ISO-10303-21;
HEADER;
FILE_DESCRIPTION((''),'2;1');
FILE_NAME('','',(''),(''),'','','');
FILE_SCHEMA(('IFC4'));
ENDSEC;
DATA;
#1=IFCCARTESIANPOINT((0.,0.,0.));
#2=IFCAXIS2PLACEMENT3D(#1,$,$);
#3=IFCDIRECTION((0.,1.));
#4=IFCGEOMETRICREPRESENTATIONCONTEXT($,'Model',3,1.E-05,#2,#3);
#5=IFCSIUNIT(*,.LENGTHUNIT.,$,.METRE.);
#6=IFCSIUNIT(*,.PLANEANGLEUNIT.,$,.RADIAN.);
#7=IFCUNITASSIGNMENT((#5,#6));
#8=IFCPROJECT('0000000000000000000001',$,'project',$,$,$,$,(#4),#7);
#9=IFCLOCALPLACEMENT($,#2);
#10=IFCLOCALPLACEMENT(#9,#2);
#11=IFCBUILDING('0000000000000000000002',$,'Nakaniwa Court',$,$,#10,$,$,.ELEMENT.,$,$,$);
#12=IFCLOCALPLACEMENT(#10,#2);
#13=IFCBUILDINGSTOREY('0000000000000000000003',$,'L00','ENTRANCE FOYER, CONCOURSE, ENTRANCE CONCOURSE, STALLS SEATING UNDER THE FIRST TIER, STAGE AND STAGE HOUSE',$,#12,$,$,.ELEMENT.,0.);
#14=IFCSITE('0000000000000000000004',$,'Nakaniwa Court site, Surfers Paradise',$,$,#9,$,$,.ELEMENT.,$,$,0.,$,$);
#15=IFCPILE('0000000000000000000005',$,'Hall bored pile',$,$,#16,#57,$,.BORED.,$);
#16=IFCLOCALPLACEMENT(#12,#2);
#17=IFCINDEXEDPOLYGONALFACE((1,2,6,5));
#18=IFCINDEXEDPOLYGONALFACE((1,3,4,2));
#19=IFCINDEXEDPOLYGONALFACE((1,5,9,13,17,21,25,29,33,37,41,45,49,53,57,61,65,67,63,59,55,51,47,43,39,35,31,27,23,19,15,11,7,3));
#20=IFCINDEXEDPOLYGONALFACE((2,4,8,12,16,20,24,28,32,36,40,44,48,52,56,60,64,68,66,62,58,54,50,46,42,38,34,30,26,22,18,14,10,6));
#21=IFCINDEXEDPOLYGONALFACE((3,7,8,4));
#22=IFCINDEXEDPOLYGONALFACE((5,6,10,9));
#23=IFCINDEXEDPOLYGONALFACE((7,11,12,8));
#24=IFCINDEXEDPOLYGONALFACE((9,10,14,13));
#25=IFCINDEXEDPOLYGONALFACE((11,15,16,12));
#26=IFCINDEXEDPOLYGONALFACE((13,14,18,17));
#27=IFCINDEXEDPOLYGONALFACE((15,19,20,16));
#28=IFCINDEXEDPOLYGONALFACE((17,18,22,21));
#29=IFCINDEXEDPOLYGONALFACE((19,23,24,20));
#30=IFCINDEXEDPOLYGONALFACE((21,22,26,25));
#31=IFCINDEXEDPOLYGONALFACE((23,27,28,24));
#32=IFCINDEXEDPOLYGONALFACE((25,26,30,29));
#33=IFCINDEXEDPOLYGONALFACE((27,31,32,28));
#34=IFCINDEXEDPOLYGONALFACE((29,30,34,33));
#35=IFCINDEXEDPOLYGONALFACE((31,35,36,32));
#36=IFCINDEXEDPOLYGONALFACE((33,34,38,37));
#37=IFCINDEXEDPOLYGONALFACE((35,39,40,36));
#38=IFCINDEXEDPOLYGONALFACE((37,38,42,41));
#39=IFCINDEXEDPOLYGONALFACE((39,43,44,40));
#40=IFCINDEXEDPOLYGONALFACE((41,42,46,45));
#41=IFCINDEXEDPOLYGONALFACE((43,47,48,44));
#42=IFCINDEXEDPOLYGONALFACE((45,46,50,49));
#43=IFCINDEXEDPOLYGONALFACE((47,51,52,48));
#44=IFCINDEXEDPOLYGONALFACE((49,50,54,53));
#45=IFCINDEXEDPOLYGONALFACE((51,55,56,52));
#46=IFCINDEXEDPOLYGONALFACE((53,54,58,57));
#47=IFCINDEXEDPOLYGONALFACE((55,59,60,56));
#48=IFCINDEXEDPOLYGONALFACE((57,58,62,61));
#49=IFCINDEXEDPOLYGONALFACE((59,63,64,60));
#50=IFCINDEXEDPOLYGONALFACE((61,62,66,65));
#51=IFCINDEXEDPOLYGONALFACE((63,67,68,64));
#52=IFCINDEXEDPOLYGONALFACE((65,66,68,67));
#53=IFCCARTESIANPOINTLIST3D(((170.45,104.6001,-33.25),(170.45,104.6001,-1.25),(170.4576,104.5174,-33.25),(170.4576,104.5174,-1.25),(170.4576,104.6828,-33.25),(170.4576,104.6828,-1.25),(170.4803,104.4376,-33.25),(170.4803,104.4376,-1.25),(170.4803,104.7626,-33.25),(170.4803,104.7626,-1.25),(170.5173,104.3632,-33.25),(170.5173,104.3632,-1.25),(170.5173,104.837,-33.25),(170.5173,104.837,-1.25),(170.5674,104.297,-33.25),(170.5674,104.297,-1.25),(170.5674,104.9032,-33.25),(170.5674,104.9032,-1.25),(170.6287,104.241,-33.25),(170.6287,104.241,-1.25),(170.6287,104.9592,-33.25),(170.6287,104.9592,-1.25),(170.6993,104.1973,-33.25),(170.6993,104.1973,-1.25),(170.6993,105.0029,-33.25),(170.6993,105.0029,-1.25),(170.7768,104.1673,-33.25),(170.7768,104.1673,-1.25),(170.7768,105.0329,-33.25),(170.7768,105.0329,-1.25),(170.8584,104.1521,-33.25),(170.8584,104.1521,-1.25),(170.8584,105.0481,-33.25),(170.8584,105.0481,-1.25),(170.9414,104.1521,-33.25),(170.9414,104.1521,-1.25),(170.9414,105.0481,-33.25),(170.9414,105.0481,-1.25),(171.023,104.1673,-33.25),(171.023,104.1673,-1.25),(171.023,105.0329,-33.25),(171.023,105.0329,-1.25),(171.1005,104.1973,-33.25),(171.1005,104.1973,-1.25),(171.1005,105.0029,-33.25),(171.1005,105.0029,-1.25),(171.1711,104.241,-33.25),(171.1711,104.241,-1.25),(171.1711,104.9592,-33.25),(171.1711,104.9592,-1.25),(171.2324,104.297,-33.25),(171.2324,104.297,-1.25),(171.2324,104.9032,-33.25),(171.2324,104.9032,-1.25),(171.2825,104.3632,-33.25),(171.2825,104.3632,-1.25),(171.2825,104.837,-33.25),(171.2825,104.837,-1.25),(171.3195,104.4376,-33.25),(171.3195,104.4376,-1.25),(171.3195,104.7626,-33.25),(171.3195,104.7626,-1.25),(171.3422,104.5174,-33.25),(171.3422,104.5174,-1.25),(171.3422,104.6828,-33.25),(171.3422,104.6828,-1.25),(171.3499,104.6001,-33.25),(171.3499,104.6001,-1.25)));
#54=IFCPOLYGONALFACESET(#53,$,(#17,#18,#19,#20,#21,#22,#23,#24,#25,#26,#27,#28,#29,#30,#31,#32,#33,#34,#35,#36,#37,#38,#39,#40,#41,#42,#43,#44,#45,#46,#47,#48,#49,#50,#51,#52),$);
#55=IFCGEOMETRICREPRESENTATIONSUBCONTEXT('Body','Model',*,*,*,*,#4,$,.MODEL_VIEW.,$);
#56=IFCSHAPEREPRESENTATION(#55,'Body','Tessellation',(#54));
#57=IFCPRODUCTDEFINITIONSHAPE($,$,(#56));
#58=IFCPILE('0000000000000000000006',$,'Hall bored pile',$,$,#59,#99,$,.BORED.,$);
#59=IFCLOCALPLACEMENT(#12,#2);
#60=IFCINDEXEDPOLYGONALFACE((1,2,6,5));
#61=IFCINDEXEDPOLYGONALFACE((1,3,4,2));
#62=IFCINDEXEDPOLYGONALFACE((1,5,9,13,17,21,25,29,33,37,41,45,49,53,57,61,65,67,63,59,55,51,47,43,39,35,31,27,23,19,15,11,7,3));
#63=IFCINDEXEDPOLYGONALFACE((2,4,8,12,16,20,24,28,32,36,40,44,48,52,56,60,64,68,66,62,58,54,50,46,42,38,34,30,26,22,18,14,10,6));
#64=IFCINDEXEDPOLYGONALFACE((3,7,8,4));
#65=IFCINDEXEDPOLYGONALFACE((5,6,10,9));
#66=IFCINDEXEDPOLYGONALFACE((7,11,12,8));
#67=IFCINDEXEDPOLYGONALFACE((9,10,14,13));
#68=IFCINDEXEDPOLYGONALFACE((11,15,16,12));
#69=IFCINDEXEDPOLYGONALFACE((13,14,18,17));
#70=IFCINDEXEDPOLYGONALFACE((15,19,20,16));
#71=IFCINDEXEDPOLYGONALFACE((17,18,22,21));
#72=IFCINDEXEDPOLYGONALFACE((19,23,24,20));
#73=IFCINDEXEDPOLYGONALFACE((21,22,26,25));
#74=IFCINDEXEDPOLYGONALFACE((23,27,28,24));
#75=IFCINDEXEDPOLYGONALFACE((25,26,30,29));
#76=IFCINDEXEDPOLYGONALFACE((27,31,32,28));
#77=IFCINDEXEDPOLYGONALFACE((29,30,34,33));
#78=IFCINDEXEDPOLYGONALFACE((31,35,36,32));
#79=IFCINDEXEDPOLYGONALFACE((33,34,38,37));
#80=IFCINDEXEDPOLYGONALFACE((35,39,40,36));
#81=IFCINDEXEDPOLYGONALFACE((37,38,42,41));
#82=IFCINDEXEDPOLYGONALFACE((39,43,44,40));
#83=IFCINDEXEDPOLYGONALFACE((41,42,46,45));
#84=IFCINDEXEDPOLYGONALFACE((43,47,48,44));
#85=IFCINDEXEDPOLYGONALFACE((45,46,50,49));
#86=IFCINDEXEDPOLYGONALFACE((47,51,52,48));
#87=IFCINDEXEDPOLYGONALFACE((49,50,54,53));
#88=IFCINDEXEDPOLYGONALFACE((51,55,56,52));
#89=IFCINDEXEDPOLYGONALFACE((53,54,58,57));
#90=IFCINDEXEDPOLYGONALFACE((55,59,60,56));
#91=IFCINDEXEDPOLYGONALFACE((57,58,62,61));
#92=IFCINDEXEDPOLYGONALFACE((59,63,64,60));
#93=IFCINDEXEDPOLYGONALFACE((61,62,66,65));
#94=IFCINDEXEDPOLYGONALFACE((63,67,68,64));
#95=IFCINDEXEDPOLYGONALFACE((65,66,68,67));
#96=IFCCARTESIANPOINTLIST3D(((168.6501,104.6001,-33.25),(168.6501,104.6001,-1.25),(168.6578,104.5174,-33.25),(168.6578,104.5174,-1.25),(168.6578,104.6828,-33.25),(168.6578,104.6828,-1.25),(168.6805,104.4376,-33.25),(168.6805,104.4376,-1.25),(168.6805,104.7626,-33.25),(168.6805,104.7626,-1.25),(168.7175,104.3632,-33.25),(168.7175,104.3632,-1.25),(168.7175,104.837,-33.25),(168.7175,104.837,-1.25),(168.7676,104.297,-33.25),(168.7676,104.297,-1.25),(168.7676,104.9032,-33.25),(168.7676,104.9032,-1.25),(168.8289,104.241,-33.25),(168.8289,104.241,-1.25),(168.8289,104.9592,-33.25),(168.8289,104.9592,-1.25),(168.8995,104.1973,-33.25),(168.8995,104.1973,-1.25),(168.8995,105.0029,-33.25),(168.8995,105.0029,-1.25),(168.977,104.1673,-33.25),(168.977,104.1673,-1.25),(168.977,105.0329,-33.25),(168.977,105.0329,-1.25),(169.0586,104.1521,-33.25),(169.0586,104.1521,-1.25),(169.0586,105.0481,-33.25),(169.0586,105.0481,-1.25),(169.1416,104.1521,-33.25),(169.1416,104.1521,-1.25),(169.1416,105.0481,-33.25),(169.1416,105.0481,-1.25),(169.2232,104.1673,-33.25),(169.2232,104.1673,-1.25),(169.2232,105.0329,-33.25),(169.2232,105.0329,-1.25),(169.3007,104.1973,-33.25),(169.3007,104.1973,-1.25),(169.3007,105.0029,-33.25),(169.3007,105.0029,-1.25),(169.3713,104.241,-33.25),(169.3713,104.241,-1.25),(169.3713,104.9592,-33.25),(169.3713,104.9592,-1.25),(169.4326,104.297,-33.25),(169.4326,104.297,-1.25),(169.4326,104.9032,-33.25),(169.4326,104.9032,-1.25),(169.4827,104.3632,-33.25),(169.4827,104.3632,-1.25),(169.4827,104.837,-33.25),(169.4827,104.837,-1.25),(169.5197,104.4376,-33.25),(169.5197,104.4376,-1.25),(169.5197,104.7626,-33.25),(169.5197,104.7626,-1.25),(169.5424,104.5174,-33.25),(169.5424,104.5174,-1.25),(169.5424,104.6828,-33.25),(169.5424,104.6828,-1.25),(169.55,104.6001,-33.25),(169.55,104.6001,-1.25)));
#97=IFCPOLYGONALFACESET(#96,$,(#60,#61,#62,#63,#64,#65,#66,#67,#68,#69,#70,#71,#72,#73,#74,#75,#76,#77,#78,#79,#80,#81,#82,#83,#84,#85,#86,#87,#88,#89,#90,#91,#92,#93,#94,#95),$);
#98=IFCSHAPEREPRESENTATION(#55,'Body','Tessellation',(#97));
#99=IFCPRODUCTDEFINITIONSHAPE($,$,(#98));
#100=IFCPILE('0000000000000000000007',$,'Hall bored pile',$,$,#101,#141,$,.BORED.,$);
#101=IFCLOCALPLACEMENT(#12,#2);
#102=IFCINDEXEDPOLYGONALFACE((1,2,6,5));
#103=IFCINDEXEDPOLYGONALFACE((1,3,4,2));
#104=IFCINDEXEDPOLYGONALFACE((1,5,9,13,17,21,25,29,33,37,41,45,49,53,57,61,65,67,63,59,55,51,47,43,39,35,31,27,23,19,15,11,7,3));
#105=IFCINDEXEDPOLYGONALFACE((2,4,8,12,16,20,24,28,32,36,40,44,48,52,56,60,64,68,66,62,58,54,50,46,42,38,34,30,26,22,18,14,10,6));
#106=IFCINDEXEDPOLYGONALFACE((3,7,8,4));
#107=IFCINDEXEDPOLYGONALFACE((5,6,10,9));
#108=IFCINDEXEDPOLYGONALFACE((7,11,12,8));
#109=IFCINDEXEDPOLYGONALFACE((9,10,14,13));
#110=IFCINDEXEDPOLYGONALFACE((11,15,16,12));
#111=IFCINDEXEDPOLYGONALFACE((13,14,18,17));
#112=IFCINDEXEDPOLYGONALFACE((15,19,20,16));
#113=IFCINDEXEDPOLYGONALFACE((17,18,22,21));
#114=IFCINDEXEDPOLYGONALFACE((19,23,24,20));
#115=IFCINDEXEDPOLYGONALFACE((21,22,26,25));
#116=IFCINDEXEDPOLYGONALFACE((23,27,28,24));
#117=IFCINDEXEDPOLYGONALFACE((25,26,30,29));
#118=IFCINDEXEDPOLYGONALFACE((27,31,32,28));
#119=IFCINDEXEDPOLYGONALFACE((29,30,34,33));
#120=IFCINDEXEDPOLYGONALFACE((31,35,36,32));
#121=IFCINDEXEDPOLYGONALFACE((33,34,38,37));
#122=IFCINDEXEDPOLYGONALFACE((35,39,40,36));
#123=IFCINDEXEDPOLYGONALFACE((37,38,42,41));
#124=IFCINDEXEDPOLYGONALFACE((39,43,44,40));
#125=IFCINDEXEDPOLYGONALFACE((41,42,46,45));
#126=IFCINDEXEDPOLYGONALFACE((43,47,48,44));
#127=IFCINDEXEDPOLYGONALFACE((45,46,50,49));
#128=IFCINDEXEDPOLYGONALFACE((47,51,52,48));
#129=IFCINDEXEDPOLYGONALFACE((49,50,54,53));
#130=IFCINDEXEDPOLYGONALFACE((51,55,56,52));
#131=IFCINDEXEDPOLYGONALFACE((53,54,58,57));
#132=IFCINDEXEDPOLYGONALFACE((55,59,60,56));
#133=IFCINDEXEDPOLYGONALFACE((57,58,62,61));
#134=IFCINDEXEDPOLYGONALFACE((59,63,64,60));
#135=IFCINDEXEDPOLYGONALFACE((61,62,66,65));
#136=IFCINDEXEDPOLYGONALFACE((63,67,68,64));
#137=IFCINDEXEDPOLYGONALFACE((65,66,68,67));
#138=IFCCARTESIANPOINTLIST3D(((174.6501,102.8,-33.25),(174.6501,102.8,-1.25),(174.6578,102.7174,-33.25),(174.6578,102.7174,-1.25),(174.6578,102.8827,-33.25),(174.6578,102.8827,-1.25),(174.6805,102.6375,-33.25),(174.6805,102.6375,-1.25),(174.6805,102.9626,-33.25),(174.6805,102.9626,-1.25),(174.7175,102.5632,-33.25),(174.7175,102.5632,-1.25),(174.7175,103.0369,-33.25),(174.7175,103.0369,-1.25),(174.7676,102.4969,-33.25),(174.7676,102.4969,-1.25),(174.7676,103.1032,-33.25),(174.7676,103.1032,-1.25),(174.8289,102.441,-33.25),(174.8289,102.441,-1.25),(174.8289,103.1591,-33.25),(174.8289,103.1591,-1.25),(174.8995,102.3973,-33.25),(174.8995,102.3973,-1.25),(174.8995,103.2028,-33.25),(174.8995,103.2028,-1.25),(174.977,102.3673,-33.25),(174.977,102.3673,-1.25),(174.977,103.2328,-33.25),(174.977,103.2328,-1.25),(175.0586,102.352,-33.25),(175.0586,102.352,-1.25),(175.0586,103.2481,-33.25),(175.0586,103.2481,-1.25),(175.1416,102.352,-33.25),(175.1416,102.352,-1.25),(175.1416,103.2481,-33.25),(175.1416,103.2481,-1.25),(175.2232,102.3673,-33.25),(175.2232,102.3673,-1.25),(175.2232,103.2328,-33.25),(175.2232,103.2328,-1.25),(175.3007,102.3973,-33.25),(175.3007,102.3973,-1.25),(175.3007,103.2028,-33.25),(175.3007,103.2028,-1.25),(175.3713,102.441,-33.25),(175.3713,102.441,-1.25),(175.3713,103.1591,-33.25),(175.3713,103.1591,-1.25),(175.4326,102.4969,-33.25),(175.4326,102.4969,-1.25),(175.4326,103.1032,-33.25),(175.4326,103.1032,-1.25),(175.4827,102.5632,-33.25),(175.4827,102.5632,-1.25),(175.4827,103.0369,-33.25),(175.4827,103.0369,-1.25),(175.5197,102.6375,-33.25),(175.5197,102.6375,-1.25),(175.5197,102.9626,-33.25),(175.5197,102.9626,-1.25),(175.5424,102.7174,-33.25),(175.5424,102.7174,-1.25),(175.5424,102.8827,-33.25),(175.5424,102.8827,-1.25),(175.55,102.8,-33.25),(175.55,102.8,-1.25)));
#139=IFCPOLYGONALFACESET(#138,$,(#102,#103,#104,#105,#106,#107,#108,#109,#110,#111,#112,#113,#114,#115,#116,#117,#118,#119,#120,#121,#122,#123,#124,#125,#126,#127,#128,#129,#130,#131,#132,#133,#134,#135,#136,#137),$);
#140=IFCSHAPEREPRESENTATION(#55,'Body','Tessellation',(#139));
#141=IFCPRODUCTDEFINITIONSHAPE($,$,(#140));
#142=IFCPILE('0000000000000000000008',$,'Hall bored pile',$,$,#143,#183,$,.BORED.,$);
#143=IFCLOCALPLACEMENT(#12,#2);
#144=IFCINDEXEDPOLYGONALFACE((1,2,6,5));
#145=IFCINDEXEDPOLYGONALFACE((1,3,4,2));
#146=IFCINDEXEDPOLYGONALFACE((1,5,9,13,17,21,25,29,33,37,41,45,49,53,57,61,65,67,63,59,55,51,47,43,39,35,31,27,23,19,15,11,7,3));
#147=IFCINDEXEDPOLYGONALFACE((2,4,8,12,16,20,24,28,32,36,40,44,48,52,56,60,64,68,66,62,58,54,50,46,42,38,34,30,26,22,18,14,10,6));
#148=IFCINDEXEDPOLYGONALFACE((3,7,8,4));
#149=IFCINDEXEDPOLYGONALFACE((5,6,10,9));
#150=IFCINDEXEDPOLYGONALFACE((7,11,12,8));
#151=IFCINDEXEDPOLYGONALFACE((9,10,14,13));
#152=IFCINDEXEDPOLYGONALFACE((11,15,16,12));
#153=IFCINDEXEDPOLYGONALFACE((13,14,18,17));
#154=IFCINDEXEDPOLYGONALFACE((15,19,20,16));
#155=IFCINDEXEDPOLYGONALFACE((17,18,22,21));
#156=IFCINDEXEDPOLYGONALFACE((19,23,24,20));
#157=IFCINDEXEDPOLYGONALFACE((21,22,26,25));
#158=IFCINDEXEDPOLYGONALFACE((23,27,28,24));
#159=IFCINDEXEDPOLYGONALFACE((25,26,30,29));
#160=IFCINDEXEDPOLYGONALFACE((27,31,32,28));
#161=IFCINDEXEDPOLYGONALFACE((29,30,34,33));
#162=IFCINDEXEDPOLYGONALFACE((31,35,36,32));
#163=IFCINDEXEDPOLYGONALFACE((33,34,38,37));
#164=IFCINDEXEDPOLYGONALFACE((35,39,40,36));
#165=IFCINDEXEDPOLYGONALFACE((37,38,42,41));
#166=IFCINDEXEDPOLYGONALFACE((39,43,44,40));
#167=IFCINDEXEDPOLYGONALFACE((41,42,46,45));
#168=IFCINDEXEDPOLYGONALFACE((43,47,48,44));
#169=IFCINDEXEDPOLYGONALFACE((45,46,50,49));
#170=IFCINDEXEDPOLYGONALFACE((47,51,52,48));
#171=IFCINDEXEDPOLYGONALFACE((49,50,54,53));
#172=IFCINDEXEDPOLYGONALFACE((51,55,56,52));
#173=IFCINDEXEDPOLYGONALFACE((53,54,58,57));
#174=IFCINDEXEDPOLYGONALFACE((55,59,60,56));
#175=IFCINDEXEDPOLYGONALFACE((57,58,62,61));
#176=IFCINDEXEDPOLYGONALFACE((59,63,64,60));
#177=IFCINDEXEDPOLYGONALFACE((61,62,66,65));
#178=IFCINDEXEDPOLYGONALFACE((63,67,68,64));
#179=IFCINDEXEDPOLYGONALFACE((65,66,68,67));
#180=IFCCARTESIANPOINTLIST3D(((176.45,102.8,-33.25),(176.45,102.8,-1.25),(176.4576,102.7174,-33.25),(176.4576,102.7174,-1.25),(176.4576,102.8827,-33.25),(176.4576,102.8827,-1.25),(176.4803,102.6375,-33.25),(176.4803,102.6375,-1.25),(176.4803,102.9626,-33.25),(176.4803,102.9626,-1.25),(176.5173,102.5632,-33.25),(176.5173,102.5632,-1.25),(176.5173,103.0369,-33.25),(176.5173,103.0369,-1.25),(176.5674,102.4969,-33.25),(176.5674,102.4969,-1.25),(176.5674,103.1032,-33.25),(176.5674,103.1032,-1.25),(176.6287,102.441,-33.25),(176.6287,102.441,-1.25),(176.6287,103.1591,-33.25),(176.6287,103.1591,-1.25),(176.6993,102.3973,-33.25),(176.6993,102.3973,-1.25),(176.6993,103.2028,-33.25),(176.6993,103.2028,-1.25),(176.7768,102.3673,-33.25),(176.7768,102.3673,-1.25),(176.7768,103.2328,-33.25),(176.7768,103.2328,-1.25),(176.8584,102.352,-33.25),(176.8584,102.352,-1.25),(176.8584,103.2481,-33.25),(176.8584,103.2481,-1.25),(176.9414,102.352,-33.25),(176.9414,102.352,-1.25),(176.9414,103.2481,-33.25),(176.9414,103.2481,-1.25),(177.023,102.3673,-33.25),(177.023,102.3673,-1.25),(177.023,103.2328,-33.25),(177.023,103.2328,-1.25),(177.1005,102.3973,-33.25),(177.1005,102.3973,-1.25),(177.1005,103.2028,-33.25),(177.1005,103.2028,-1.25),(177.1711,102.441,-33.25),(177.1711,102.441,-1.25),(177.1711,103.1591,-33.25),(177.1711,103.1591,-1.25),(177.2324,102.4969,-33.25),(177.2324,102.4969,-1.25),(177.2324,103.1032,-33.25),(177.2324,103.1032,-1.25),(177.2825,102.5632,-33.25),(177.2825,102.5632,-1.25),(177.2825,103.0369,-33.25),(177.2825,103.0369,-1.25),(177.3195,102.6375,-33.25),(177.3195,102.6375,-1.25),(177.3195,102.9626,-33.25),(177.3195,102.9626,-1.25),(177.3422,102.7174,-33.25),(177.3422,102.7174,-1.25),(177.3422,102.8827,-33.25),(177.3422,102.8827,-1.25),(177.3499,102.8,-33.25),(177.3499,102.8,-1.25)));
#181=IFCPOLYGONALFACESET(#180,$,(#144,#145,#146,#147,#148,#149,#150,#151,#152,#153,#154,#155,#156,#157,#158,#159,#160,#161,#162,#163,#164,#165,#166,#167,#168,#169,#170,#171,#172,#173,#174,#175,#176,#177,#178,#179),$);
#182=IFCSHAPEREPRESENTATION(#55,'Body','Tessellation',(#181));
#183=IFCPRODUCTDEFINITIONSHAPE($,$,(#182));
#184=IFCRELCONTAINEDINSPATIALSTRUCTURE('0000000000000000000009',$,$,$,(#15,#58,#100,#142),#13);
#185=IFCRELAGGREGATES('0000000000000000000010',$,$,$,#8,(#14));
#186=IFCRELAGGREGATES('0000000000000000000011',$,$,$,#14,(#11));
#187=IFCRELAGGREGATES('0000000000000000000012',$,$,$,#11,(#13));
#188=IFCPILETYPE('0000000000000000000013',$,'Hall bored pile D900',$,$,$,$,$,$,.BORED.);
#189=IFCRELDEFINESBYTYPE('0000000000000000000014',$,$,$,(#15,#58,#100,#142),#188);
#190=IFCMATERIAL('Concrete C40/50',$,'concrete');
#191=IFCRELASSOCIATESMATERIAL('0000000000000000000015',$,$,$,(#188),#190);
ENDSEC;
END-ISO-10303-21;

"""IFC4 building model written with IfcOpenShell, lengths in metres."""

from ifc_helpers import new_model, si_unit, direction, frame, origin, origin_2d, place, context, subcontext, project, spatial, circle, extrude, material, material_profile, profile_set, type_object, element, save


model = new_model("IFC4")

# Units and contexts
model_context = context("Model", 3, precision=1e-05, world=origin(), true_north=direction((0.0, 1.0)))
body_context = subcontext(model_context, "Body", "Model", "MODEL_VIEW")
ifc_project = project(units=[si_unit("LENGTHUNIT", "METRE"), si_unit("PLANEANGLEUNIT", "RADIAN")], contexts=[model_context])

# Site, building, storey
site_placement = place(None, origin())
site = spatial("IfcSite", under=ifc_project, at=site_placement, Name="Nakaniwa Court site, Surfers Paradise", CompositionType="ELEMENT", RefElevation=0.0)
building_placement = place(site_placement, origin())
building = spatial("IfcBuilding", under=site, at=building_placement, Name="Nakaniwa Court", CompositionType="ELEMENT")
storey_placement = place(building_placement, origin())
storey = spatial("IfcBuildingStorey", under=building, at=storey_placement, Name="L00", Description="ENTRANCE FOYER, CONCOURSE, ENTRANCE CONCOURSE, STALLS SEATING UNDER THE FIRST TIER, STAGE AND STAGE HOUSE", CompositionType="ELEMENT", Elevation=0.0)

# Piles
ifc_material_1 = material(Name="Concrete C40/50", Category="concrete")
ifc_material_profile_1 = material_profile(ifc_material_1, circle(Radius=0.45, at=origin_2d()), Name="Bored pile D900")
ifc_profile_set_1 = profile_set([ifc_material_profile_1], Name="Concrete C40/50")
pile_type = type_object("IfcPileType", Name="Hall bored pile D900", PredefinedType="BORED", material=ifc_profile_set_1)
for number, where, z_axis, x_axis, name in (
    (1, (170.8999, 104.6001, -1.25), (0.0, 0.0, -1.0), (1.0, 0.0, 0.0), "Hall bored pile"),
    (2, (169.1001, 104.6001, -1.25), (0.0, 0.0, -1.0), (1.0, 0.0, 0.0), "Hall bored pile"),
    (3, (175.1001, 102.8, -1.25), (0.0, 0.0, -1.0), (1.0, 0.0, 0.0), "Hall bored pile"),
    (4, (176.8999, 102.8, -1.25), (0.0, 0.0, -1.0), (1.0, 0.0, 0.0), "Hall bored pile"),
):
    element("IfcPile", number, at=place(storey_placement, frame(where, z_axis=z_axis, x_axis=x_axis)), inside=storey, type_object=pile_type, Name=name, PredefinedType="BORED", context=body_context, shape_type="SweptSolid", body=[
        extrude(circle(Radius=0.45, at=origin_2d()), origin(), (0.0, 0.0, 1.0), 32.0),
    ])

save(model, "model.ifc")
